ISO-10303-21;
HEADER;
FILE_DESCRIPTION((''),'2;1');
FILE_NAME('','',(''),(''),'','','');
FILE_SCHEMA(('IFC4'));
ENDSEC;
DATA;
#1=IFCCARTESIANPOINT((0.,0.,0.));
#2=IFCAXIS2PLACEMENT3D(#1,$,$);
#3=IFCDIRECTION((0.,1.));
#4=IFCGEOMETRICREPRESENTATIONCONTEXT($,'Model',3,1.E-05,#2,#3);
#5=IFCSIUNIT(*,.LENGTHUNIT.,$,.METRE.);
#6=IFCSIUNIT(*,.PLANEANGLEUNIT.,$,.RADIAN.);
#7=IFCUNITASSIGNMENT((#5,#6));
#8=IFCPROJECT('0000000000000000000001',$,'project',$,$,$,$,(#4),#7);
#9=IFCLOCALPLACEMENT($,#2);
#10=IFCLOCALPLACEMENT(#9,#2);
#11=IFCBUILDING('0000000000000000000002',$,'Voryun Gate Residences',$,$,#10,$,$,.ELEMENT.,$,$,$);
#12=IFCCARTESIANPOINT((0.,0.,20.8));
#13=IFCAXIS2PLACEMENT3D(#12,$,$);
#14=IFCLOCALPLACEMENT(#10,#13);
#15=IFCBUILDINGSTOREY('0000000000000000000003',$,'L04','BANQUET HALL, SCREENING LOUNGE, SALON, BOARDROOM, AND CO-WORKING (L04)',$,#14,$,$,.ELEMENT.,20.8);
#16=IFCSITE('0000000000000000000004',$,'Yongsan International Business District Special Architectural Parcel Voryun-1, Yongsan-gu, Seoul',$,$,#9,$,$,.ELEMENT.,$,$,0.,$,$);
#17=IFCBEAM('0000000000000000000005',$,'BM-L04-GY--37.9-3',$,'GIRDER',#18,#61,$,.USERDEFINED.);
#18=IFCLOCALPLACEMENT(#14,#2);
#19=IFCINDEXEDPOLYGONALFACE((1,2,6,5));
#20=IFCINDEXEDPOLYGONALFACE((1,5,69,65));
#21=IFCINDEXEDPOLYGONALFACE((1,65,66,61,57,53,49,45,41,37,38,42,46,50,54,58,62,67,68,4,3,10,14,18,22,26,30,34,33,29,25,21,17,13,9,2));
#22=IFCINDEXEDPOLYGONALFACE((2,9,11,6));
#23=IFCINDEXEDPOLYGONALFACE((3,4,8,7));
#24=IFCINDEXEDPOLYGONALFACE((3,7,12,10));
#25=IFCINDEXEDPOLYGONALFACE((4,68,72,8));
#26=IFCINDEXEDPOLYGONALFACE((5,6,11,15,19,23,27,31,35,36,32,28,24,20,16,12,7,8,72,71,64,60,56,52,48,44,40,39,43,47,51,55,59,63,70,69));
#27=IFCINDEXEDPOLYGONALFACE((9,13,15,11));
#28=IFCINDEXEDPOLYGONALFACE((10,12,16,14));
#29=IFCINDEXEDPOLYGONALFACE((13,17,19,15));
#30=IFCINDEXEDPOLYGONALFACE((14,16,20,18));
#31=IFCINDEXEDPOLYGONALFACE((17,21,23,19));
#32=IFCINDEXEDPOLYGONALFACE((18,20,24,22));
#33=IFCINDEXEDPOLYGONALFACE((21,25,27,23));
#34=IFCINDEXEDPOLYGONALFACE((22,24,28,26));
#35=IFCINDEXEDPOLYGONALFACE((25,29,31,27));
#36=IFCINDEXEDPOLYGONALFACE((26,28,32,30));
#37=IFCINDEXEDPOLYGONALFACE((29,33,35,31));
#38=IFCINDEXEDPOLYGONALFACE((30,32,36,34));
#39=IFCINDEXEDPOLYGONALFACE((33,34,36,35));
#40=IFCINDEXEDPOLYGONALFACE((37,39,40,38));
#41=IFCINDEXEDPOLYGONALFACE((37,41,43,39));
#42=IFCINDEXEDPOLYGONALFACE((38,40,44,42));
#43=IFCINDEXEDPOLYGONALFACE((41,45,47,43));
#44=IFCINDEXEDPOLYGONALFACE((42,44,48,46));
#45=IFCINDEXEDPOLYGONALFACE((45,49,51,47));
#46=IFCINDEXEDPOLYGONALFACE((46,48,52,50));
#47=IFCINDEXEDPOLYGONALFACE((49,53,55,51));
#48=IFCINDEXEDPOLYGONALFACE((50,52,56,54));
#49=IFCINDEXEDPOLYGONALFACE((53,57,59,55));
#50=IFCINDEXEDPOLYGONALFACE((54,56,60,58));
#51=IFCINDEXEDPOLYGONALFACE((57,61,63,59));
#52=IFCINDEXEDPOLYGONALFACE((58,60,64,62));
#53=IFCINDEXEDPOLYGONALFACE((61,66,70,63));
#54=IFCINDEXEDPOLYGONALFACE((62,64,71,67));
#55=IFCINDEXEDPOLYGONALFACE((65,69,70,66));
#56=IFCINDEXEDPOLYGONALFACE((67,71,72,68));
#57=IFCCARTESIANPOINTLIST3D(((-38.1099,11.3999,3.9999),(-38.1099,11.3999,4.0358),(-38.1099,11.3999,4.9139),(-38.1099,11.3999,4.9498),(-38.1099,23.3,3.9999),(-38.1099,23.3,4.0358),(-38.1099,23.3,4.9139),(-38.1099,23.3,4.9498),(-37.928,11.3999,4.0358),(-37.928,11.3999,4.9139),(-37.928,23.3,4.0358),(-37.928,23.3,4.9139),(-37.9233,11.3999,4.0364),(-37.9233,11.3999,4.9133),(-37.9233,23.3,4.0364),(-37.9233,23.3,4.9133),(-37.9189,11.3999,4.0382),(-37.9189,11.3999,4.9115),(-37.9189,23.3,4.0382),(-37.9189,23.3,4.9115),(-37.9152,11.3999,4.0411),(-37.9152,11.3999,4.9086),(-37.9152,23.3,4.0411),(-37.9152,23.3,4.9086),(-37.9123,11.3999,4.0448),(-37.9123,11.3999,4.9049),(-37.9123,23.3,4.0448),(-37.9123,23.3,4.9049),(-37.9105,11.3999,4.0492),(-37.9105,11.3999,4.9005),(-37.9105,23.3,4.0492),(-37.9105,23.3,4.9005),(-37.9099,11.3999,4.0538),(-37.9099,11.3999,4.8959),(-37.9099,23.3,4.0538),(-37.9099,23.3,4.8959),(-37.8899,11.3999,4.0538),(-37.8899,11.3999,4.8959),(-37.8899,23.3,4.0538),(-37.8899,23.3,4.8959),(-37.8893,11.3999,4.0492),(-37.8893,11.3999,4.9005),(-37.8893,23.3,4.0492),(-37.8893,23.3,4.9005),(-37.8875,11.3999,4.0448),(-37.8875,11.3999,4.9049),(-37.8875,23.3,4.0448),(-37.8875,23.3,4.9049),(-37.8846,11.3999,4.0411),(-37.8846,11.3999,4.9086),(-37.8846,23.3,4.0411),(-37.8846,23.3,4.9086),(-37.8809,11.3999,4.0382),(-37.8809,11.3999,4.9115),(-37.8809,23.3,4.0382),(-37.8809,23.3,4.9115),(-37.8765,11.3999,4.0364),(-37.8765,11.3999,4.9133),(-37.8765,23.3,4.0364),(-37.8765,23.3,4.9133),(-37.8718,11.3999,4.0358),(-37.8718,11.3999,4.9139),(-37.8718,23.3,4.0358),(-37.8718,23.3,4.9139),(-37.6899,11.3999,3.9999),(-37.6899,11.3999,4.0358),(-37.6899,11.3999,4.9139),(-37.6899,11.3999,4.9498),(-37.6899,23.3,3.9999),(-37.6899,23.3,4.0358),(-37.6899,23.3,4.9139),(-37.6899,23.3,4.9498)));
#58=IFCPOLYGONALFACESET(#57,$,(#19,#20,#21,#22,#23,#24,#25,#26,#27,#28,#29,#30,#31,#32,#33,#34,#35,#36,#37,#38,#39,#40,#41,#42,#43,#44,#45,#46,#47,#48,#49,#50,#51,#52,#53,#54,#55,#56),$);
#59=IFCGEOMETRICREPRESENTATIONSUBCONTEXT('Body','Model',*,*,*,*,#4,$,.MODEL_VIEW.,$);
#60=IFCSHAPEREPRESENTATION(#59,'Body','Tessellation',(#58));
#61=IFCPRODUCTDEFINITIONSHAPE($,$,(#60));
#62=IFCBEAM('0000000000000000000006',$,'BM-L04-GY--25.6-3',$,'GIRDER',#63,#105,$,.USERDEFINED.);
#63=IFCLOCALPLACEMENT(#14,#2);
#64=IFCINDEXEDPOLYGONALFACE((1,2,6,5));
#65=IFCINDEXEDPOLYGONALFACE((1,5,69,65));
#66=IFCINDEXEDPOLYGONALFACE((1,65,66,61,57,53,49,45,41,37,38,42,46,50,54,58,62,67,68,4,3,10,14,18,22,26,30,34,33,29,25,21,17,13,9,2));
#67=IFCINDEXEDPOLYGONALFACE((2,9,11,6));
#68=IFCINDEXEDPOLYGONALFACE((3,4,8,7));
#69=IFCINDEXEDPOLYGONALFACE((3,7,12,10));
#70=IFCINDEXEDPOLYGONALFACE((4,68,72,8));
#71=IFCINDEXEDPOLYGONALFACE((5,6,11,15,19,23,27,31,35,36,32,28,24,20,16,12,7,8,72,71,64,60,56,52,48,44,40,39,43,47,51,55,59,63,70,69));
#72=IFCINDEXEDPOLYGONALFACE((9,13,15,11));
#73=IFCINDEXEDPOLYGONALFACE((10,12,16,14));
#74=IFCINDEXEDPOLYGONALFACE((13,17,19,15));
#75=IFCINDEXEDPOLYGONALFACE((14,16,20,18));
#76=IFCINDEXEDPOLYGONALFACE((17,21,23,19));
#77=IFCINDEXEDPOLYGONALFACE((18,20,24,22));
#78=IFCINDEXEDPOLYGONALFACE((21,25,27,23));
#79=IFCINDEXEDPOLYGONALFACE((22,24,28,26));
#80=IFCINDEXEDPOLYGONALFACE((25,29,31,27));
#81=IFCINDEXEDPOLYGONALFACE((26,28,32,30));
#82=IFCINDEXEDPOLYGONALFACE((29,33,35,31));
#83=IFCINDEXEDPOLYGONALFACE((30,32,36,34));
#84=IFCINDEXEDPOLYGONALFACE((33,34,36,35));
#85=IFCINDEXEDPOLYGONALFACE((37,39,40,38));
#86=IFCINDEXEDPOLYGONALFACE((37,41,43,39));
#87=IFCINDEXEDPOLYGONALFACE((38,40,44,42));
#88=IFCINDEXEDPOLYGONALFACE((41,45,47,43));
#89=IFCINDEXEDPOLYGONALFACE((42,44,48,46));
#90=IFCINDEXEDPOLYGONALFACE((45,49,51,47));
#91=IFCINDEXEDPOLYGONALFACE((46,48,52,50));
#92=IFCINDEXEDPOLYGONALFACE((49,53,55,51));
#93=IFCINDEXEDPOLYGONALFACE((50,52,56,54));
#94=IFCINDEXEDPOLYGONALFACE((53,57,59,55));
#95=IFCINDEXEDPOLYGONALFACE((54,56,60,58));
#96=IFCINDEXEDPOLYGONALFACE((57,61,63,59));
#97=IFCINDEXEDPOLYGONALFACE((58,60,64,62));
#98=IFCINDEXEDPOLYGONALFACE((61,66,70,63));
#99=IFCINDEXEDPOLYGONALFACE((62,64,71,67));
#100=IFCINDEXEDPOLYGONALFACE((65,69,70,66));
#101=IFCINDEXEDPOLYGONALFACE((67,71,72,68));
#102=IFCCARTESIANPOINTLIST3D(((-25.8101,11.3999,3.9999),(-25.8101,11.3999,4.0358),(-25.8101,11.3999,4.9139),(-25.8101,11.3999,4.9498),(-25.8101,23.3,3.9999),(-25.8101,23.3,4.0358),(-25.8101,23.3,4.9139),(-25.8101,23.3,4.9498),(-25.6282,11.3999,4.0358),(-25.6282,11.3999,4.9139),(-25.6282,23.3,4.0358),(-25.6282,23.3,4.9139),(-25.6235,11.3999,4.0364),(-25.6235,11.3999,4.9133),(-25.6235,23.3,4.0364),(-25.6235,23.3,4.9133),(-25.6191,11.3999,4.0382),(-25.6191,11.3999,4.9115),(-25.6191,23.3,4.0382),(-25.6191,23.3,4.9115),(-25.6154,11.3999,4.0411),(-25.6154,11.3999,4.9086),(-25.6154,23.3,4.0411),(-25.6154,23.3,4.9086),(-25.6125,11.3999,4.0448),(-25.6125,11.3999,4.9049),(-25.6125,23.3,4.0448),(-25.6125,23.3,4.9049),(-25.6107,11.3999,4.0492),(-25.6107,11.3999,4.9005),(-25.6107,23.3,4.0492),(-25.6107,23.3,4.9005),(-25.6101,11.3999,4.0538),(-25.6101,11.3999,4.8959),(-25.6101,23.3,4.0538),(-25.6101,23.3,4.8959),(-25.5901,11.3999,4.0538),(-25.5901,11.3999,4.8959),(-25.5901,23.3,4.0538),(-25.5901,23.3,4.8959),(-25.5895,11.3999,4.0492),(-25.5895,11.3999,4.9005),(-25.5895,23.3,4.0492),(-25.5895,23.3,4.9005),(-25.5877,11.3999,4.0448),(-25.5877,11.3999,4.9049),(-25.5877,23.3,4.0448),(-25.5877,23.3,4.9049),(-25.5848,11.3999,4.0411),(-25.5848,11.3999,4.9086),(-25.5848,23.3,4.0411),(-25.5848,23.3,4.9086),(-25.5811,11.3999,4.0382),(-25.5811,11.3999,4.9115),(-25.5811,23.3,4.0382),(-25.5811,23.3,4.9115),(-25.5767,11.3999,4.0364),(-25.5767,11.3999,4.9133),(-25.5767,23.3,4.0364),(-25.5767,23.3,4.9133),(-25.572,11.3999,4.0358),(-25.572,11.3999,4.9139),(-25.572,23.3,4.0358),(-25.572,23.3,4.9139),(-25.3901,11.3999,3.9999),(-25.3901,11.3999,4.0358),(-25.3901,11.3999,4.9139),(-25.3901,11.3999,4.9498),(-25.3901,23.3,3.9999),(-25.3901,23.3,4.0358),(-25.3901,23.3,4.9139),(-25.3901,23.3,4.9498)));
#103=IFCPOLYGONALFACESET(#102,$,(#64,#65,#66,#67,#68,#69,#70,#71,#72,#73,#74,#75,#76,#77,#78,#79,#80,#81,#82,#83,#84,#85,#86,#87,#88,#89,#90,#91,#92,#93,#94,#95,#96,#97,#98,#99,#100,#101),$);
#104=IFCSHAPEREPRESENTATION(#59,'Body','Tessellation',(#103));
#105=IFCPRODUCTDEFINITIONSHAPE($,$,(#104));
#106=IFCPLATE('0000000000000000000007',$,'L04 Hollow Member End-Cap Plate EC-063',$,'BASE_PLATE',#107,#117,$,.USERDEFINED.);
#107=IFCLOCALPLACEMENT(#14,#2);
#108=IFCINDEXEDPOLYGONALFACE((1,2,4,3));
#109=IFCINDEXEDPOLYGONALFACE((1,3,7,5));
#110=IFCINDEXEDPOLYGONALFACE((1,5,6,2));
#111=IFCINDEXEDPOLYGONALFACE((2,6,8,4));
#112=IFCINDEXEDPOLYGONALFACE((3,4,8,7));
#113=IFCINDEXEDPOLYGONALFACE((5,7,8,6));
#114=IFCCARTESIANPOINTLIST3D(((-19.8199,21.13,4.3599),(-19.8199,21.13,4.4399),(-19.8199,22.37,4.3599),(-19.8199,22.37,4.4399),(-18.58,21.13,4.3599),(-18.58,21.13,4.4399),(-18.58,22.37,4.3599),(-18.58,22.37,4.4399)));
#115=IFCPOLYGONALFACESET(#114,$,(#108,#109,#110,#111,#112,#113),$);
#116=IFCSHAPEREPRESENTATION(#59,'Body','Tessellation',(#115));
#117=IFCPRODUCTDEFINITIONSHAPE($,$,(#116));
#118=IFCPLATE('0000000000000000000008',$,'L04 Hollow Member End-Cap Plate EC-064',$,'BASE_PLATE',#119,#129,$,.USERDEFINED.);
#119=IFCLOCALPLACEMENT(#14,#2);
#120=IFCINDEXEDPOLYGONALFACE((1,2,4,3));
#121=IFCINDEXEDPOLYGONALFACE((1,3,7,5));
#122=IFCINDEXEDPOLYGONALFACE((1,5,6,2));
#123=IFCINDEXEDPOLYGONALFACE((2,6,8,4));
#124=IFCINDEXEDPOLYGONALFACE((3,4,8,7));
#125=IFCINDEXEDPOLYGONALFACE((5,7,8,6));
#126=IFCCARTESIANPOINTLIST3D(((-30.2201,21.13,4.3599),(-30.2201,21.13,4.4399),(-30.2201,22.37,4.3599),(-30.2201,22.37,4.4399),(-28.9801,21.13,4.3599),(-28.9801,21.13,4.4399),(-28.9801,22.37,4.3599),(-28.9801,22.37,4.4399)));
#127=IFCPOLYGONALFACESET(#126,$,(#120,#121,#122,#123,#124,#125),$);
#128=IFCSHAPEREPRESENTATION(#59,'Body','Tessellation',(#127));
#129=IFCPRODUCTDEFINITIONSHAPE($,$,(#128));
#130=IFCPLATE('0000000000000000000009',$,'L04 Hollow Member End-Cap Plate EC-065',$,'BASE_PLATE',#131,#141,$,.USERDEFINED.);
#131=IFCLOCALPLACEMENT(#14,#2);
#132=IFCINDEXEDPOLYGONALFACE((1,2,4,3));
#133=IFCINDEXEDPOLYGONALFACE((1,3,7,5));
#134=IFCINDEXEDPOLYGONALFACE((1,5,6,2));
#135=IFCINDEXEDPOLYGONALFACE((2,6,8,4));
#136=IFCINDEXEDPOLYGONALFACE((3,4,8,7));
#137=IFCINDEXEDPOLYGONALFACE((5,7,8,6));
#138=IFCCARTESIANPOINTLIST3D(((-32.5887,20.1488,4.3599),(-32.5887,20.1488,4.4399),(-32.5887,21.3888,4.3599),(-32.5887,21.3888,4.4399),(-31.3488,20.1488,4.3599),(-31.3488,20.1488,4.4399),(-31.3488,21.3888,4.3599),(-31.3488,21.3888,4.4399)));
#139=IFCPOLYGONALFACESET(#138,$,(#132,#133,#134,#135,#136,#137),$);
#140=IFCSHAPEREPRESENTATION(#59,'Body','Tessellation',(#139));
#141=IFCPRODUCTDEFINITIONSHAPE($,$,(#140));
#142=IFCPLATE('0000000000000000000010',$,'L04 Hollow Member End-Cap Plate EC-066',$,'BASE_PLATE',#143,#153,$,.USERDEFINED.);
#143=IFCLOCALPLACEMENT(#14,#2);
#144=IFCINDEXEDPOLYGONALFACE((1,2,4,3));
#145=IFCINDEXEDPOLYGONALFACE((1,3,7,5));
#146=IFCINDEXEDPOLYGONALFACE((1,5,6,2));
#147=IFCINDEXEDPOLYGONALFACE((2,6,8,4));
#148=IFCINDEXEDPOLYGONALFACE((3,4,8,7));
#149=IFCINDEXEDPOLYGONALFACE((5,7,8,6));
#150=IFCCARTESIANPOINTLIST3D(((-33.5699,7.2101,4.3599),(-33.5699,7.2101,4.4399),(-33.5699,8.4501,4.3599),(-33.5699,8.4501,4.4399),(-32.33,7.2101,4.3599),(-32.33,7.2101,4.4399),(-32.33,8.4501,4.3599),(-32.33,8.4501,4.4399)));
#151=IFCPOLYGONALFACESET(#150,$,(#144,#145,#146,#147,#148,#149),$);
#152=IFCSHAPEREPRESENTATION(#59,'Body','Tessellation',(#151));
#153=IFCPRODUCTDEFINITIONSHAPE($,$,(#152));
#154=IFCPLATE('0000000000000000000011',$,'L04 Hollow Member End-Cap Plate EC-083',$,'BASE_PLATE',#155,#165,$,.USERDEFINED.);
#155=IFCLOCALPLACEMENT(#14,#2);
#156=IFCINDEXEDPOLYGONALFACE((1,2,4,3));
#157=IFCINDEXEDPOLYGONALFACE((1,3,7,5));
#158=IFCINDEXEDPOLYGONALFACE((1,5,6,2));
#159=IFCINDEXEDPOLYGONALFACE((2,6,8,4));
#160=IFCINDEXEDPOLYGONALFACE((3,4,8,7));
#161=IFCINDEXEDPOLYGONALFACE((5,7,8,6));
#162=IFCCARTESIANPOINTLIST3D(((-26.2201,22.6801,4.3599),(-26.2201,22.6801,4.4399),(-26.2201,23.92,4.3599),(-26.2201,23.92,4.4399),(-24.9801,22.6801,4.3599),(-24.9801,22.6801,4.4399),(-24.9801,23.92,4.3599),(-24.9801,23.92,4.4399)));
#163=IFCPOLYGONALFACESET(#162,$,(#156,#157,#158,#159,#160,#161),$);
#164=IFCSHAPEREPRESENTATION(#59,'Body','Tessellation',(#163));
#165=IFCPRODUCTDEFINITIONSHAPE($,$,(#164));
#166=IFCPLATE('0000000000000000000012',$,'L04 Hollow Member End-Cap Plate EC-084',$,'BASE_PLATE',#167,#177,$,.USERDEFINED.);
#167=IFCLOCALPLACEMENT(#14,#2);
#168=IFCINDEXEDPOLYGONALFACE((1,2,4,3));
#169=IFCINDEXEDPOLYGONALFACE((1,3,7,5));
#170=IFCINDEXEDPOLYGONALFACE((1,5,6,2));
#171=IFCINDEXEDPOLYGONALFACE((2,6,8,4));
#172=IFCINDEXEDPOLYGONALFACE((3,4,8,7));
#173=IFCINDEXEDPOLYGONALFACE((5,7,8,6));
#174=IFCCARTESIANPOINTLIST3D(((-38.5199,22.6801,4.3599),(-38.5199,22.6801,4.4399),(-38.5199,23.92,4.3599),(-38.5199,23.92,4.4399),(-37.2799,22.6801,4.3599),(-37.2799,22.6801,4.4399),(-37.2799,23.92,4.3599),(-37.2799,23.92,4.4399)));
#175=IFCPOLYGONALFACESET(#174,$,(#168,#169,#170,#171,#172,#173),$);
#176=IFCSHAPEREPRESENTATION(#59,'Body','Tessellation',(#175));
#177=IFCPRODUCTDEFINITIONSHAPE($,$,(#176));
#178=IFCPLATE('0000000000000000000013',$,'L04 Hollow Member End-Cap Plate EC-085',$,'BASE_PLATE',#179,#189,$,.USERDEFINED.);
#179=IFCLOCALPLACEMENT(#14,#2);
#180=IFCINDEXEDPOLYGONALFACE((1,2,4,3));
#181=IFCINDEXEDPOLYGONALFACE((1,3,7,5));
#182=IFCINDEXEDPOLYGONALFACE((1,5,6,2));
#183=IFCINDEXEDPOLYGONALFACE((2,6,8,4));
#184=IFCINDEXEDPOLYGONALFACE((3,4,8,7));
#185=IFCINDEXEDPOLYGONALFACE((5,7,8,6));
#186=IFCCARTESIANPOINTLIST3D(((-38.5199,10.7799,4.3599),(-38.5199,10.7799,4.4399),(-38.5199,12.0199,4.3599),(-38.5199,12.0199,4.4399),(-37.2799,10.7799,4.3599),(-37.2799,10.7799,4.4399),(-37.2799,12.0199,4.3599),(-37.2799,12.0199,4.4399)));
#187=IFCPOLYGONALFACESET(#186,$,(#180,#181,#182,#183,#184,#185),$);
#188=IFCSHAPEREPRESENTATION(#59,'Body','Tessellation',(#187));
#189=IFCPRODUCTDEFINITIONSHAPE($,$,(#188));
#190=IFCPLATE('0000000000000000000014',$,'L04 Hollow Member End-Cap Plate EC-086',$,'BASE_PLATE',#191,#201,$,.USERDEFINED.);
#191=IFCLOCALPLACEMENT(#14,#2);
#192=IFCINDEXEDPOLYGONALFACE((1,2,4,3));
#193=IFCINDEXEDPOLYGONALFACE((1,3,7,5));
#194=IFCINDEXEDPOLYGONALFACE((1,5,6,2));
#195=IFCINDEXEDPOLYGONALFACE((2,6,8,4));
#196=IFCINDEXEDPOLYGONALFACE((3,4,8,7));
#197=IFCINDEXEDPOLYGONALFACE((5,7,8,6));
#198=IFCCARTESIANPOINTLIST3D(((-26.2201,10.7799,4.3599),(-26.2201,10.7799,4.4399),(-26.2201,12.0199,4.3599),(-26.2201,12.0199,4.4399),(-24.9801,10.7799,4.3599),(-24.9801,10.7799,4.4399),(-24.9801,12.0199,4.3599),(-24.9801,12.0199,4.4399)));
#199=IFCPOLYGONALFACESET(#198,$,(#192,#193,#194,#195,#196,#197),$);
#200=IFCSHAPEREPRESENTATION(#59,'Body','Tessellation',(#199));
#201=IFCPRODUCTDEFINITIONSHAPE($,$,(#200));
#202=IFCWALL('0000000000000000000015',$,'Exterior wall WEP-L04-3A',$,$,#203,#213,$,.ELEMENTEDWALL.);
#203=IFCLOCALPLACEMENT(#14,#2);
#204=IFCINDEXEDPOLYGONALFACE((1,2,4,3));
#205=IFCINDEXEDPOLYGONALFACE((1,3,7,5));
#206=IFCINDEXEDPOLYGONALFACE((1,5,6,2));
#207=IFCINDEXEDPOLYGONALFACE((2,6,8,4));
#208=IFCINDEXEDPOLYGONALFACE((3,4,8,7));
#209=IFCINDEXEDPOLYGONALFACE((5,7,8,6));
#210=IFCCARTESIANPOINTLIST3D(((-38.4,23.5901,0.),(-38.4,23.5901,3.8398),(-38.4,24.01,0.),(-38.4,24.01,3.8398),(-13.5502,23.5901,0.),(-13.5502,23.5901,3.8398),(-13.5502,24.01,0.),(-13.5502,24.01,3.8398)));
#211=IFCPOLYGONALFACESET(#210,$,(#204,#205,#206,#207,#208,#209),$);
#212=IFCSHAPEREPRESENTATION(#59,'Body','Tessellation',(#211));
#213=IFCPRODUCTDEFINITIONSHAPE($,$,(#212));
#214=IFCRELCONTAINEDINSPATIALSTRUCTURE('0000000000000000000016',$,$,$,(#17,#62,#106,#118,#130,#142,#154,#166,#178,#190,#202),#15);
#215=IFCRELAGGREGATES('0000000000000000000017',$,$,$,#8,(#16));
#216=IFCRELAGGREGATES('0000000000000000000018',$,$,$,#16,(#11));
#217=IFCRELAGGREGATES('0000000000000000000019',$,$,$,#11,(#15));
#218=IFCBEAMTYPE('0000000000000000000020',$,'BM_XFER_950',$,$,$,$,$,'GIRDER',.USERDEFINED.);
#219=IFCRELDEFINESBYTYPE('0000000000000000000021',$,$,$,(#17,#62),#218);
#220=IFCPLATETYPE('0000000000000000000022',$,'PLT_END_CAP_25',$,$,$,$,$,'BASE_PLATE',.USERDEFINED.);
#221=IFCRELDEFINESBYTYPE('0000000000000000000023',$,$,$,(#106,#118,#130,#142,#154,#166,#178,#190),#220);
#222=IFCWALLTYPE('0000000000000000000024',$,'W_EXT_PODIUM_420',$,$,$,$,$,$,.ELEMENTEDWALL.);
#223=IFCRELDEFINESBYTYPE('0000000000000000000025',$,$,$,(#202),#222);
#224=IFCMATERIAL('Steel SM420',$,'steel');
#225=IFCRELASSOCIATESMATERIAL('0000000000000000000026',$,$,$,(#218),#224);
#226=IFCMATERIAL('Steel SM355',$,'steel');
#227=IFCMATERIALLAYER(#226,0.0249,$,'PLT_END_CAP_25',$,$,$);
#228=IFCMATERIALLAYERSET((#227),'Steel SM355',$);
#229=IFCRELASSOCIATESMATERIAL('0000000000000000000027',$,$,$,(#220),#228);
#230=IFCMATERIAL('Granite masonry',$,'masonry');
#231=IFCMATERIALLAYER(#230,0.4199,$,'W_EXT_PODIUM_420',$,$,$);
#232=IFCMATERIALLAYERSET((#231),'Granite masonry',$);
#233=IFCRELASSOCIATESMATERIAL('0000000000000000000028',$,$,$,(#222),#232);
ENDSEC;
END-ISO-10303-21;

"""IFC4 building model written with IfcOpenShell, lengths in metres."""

from ifc_helpers import new_model, si_unit, direction, frame, frame_2d, origin, origin_2d, place, context, subcontext, project, spatial, rectangle, i_section, extrude, material, layer, layer_set, material_profile, profile_set, type_object, element, save


model = new_model("IFC4")

# Units and contexts
model_context = context("Model", 3, precision=1e-05, world=origin(), true_north=direction((0.0, 1.0)))
body_context = subcontext(model_context, "Body", "Model", "MODEL_VIEW")
ifc_project = project(units=[si_unit("LENGTHUNIT", "METRE"), si_unit("PLANEANGLEUNIT", "RADIAN")], contexts=[model_context])

# Site, building, storey
site_placement = place(None, origin())
site = spatial("IfcSite", under=ifc_project, at=site_placement, Name="Yongsan International Business District Special Architectural Parcel Voryun-1, Yongsan-gu, Seoul", CompositionType="ELEMENT", RefElevation=0.0)
building_placement = place(site_placement, origin())
building = spatial("IfcBuilding", under=site, at=building_placement, Name="Voryun Gate Residences", CompositionType="ELEMENT")
storey_placement = place(building_placement, frame((0.0, 0.0, 20.8)))
storey = spatial("IfcBuildingStorey", under=building, at=storey_placement, Name="L04", Description="BANQUET HALL, SCREENING LOUNGE, SALON, BOARDROOM, AND CO-WORKING (L04)", CompositionType="ELEMENT", Elevation=20.8)

# Beams
ifc_material_1 = material(Name="Steel SM420", Category="steel")
ifc_material_profile_1 = material_profile(ifc_material_1, i_section(OverallWidth=0.4199, OverallDepth=0.95, WebThickness=0.02, FlangeThickness=0.0359, FilletRadius=0.0181, at=origin_2d()), Name="H-950x420x20x36")
ifc_profile_set_1 = profile_set([ifc_material_profile_1], Name="Steel SM420")
beam_type_1 = type_object("IfcBeamType", Name="BM_XFER_950", ElementType="GIRDER", PredefinedType="USERDEFINED", material=ifc_profile_set_1)
for number, where, z_axis, x_axis, name in (
    (1, (-37.8999, 11.3999, 4.4749), (0.0, 1.0, 0.0), (-1.0, 0.0, 0.0), "BM-L04-GY--37.9-3"),
    (2, (-25.6001, 11.3999, 4.4749), (0.0, 1.0, 0.0), (-1.0, 0.0, 0.0), "BM-L04-GY--25.6-3"),
):
    element("IfcBeam", number, at=place(storey_placement, frame(where, z_axis=z_axis, x_axis=x_axis)), inside=storey, type_object=beam_type_1, Name=name, ObjectType="GIRDER", PredefinedType="USERDEFINED", context=body_context, shape_type="SweptSolid", body=[
        extrude(i_section(OverallWidth=0.4199, OverallDepth=0.95, WebThickness=0.02, FlangeThickness=0.0359, FilletRadius=0.0181, at=origin_2d()), origin(), (0.0, 0.0, 1.0), 11.9001),
    ])

# Plates
ifc_material_2 = material(Name="Steel SM355", Category="steel")
ifc_layer_1 = layer(ifc_material_2, 0.0249, Name="PLT_END_CAP_25")
ifc_layer_set_1 = layer_set([ifc_layer_1], Name="Steel SM355")
plate_type = type_object("IfcPlateType", Name="PLT_END_CAP_25", ElementType="BASE_PLATE", PredefinedType="USERDEFINED", material=ifc_layer_set_1)
for number, where, z_axis, x_axis, name in (
    (3, (-19.2, 21.75, 4.3599), (0.0, 0.0, 1.0), (1.0, 0.0, 0.0), "L04 Hollow Member End-Cap Plate EC-063"),
    (4, (-29.6001, 21.75, 4.3599), (0.0, 0.0, 1.0), (1.0, 0.0, 0.0), "L04 Hollow Member End-Cap Plate EC-064"),
    (5, (-31.9688, 20.7688, 4.3599), (0.0, 0.0, 1.0), (1.0, 0.0, 0.0), "L04 Hollow Member End-Cap Plate EC-065"),
    (6, (-32.95, 7.8301, 4.3599), (0.0, 0.0, 1.0), (1.0, 0.0, 0.0), "L04 Hollow Member End-Cap Plate EC-066"),
    (7, (-25.6001, 23.3, 4.3599), (0.0, 0.0, 1.0), (1.0, 0.0, 0.0), "L04 Hollow Member End-Cap Plate EC-083"),
    (8, (-37.8999, 23.3, 4.3599), (0.0, 0.0, 1.0), (1.0, 0.0, 0.0), "L04 Hollow Member End-Cap Plate EC-084"),
    (9, (-37.8999, 11.3999, 4.3599), (0.0, 0.0, 1.0), (1.0, 0.0, 0.0), "L04 Hollow Member End-Cap Plate EC-085"),
    (10, (-25.6001, 11.3999, 4.3599), (0.0, 0.0, 1.0), (1.0, 0.0, 0.0), "L04 Hollow Member End-Cap Plate EC-086"),
):
    element("IfcPlate", number, at=place(storey_placement, frame(where, z_axis=z_axis, x_axis=x_axis)), inside=storey, type_object=plate_type, Name=name, ObjectType="BASE_PLATE", PredefinedType="USERDEFINED", context=body_context, shape_type="SweptSolid", body=[
        extrude(rectangle(XDim=1.24, YDim=1.24, at=origin_2d()), origin(), (0.0, 0.0, 1.0), 0.0801),
    ])

# Wall
ifc_material_3 = material(Name="Granite masonry", Category="masonry")
ifc_layer_2 = layer(ifc_material_3, 0.4199, Name="W_EXT_PODIUM_420")
ifc_layer_set_2 = layer_set([ifc_layer_2], Name="Granite masonry")
wall_type = type_object("IfcWallType", Name="W_EXT_PODIUM_420", PredefinedType="ELEMENTEDWALL", material=ifc_layer_set_2)
wall_1_placement = place(storey_placement, frame((-38.3999, 23.8, 0.0), z_axis=(0.0, 0.0, 1.0), x_axis=(1.0, 0.0, 0.0)))
element("IfcWall", 11, at=wall_1_placement, inside=storey, type_object=wall_type, Name="Exterior wall WEP-L04-3A", PredefinedType="ELEMENTEDWALL", context=body_context, shape_type="SweptSolid", body=[
    extrude(rectangle(XDim=24.8499, YDim=0.4199, at=frame_2d((12.4248, 0.0))), origin(), (0.0, 0.0, 1.0), 3.8398),
])

save(model, "model.ifc")
